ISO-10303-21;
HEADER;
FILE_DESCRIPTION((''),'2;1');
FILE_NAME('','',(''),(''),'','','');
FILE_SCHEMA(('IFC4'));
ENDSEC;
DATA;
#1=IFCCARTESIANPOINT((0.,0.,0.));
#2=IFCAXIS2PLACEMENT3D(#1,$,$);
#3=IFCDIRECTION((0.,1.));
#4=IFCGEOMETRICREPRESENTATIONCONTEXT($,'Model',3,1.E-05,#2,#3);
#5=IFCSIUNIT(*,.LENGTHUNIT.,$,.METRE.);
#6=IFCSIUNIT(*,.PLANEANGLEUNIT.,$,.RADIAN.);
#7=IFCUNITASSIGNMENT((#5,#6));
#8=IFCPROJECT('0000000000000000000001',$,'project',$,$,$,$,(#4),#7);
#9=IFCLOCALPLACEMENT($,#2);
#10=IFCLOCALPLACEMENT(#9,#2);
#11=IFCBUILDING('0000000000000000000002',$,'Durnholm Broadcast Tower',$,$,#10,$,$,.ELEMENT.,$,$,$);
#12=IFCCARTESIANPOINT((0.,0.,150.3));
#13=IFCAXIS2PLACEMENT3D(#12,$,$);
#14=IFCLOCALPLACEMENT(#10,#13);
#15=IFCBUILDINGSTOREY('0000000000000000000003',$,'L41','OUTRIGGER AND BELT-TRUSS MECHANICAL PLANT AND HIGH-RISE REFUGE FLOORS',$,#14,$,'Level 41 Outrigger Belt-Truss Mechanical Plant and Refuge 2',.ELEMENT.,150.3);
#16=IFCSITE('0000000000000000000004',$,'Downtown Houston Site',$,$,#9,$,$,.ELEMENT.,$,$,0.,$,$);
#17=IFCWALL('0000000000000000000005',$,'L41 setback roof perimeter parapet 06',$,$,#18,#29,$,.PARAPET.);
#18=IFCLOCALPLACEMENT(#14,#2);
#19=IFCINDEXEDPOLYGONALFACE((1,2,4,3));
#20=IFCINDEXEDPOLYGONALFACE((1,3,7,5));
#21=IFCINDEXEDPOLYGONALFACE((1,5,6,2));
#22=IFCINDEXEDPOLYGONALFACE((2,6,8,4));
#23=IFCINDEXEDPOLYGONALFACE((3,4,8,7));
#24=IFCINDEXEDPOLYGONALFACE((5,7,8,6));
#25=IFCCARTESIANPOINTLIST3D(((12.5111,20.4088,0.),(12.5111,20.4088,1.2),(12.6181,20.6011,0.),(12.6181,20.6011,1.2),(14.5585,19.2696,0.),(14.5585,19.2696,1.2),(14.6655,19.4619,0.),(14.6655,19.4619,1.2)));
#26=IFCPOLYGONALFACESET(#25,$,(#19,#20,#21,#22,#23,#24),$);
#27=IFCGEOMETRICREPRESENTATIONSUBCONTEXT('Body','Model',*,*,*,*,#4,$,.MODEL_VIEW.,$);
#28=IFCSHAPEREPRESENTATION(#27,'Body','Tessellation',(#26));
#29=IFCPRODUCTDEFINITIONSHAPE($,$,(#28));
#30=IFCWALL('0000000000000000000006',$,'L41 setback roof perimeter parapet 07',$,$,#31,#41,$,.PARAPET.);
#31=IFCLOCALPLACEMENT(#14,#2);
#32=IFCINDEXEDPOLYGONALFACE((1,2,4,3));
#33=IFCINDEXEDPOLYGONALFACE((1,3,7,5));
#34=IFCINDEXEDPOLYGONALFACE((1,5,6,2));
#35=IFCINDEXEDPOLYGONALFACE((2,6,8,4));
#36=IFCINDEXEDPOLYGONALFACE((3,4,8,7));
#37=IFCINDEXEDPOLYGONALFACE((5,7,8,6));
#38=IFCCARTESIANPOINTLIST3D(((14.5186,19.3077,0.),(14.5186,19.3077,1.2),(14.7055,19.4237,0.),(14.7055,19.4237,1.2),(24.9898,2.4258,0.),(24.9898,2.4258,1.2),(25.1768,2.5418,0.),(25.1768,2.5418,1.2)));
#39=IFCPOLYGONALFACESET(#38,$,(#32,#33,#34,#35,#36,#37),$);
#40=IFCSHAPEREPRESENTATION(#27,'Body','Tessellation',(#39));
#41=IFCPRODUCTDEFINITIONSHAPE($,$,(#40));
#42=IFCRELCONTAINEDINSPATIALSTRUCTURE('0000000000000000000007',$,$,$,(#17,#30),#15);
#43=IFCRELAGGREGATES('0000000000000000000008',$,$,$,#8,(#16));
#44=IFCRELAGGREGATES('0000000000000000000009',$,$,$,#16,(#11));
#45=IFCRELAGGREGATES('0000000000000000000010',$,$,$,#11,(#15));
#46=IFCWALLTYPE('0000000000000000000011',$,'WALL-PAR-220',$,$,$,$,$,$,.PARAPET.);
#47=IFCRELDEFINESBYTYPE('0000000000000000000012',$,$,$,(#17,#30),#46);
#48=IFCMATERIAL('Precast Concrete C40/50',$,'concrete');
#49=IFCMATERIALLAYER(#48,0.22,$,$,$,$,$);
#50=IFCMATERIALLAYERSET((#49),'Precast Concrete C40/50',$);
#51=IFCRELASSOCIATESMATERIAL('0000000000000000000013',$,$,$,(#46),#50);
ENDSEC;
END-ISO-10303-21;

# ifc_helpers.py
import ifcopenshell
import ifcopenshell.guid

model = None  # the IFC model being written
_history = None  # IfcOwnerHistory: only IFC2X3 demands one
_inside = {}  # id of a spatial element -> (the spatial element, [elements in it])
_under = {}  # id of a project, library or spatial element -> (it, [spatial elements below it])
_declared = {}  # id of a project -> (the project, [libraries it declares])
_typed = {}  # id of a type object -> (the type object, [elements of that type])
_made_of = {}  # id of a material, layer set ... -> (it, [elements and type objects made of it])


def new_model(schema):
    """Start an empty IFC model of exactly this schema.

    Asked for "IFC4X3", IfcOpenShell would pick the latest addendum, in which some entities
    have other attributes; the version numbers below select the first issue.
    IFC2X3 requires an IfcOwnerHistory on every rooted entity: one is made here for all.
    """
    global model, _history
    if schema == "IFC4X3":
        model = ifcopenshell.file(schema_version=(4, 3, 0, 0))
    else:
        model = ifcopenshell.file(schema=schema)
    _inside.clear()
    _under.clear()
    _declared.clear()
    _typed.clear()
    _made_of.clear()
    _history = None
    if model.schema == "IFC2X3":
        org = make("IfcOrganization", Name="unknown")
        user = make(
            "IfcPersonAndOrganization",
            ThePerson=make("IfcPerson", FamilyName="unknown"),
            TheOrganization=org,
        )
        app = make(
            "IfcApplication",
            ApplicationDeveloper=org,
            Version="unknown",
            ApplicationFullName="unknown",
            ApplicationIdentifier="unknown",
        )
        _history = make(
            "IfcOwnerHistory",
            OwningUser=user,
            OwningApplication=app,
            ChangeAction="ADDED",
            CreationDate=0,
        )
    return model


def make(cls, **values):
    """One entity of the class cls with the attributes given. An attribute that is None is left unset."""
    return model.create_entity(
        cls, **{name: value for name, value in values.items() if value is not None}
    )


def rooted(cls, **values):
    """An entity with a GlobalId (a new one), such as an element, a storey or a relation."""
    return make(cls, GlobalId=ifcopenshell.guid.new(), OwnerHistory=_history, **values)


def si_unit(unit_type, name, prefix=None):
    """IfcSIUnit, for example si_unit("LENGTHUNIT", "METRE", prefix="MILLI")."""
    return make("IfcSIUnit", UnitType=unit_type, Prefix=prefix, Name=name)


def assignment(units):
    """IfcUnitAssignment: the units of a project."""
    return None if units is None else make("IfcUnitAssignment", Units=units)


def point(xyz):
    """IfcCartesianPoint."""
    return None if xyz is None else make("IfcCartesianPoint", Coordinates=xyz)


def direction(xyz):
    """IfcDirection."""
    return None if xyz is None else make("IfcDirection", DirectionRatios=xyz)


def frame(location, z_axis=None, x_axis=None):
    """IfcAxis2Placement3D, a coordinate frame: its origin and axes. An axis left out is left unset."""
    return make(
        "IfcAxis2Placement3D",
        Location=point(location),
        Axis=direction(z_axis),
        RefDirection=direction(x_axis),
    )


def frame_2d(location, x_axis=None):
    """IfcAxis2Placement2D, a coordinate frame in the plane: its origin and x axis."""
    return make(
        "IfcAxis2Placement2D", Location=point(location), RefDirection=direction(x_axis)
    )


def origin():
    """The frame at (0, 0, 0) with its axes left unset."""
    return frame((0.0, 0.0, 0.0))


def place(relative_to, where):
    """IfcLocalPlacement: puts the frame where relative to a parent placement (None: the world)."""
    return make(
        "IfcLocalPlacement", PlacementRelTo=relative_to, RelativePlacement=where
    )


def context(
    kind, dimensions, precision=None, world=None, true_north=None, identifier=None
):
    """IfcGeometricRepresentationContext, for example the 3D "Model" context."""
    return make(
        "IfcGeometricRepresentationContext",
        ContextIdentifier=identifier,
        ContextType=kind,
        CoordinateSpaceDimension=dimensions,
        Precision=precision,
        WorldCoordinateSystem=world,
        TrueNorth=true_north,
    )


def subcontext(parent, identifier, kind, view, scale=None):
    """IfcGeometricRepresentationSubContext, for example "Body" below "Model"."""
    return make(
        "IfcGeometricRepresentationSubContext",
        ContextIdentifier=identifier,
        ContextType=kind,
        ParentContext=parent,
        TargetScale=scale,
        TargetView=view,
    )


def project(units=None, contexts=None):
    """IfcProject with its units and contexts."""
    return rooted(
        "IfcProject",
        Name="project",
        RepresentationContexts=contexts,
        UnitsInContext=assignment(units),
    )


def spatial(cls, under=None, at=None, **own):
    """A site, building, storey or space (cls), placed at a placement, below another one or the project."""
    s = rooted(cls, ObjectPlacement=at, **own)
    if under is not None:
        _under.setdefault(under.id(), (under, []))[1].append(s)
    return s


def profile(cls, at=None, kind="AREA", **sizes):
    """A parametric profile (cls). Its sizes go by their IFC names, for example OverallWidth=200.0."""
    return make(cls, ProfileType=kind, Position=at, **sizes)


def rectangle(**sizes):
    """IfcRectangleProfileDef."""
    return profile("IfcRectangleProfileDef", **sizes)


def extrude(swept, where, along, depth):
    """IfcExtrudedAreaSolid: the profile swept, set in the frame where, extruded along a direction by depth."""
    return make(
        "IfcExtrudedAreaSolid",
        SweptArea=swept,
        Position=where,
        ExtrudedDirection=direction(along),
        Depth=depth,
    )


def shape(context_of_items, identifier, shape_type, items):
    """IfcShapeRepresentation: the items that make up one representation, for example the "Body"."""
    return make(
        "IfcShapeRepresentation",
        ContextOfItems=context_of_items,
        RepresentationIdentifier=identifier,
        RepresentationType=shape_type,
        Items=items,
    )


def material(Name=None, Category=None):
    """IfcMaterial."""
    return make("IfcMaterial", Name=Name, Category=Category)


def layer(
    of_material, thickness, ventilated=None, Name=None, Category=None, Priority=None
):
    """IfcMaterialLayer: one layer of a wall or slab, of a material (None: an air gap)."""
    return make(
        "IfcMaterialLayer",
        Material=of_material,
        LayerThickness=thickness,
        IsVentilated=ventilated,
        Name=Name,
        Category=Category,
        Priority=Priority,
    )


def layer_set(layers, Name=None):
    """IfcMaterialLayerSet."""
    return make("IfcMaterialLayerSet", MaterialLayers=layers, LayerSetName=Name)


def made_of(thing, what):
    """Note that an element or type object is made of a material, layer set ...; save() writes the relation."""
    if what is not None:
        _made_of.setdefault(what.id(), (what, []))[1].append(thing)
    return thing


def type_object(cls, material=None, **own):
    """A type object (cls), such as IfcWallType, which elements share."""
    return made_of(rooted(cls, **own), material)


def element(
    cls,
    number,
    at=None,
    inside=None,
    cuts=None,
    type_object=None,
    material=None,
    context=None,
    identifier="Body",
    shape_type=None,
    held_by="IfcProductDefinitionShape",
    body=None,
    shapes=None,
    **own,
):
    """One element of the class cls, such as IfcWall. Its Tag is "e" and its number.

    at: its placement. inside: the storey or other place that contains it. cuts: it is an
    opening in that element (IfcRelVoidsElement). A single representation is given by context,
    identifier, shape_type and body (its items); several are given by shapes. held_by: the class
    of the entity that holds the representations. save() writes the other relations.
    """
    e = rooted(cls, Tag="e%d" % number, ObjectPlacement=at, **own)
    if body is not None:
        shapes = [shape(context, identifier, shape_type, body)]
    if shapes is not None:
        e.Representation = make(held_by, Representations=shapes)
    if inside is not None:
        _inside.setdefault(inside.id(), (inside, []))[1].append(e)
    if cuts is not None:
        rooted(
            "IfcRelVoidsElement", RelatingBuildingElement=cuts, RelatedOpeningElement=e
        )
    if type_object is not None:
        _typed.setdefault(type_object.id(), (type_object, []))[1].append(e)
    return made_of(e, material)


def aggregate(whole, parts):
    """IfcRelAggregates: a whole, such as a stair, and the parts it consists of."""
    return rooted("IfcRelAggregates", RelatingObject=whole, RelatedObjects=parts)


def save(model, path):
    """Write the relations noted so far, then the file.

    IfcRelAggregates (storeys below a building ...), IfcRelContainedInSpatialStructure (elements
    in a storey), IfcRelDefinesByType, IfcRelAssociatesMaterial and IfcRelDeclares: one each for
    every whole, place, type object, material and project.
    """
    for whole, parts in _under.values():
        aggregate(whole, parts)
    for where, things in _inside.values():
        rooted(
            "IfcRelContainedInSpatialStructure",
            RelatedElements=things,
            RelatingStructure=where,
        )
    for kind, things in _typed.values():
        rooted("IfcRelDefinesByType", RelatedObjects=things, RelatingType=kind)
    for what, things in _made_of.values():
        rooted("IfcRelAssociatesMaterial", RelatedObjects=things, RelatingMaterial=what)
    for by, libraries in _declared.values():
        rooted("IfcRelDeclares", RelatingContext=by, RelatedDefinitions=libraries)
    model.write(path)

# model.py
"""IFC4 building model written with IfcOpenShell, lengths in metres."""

from ifc_helpers import new_model, si_unit, direction, frame, frame_2d, origin, place, context, subcontext, project, spatial, rectangle, extrude, material, layer, layer_set, type_object, element, save


model = new_model("IFC4")

# Units and contexts
model_context = context("Model", 3, precision=1e-05, world=origin(), true_north=direction((0.0, 1.0)))
body_context = subcontext(model_context, "Body", "Model", "MODEL_VIEW")
ifc_project = project(units=[si_unit("LENGTHUNIT", "METRE"), si_unit("PLANEANGLEUNIT", "RADIAN")], contexts=[model_context])

# Site, building, storey
site_placement = place(None, origin())
site = spatial("IfcSite", under=ifc_project, at=site_placement, Name="Downtown Houston Site", CompositionType="ELEMENT", RefElevation=0.0)
building_placement = place(site_placement, origin())
building = spatial("IfcBuilding", under=site, at=building_placement, Name="Durnholm Broadcast Tower", CompositionType="ELEMENT")
storey_placement = place(building_placement, frame((0.0, 0.0, 150.3)))
storey = spatial("IfcBuildingStorey", under=building, at=storey_placement, Name="L41", Description="OUTRIGGER AND BELT-TRUSS MECHANICAL PLANT AND HIGH-RISE REFUGE FLOORS", LongName="Level 41 Outrigger Belt-Truss Mechanical Plant and Refuge 2", CompositionType="ELEMENT", Elevation=150.3)

# Walls
ifc_material_1 = material(Name="Precast Concrete C40/50", Category="concrete")
ifc_layer_1 = layer(ifc_material_1, 0.22)
ifc_layer_set_1 = layer_set([ifc_layer_1], Name="Precast Concrete C40/50")
wall_type = type_object("IfcWallType", Name="WALL-PAR-220", PredefinedType="PARAPET", material=ifc_layer_set_1)
wall_1_placement = place(storey_placement, frame((12.5647, 20.5049, 0.0), z_axis=(0.0, 0.0, 1.0), x_axis=(0.873843, -0.486209, 0.0)))
element("IfcWall", 1, at=wall_1_placement, inside=storey, type_object=wall_type, Name="L41 setback roof perimeter parapet 06", PredefinedType="PARAPET", context=body_context, shape_type="SweptSolid", body=[
    extrude(rectangle(XDim=2.343, YDim=0.22, at=frame_2d((1.1714, 0.0))), origin(), (0.0, 0.0, 1.0), 1.2),
])
wall_2_placement = place(storey_placement, frame((14.6121, 19.3657, 0.0), z_axis=(0.0, 0.0, 1.0), x_axis=(0.527102, -0.849802, 0.0)))
element("IfcWall", 2, at=wall_2_placement, inside=storey, type_object=wall_type, Name="L41 setback roof perimeter parapet 07", PredefinedType="PARAPET", context=body_context, shape_type="SweptSolid", body=[
    extrude(rectangle(XDim=19.8657, YDim=0.22, at=frame_2d((9.9329, 0.0))), origin(), (0.0, 0.0, 1.0), 1.2),
])

save(model, "model.ifc")
